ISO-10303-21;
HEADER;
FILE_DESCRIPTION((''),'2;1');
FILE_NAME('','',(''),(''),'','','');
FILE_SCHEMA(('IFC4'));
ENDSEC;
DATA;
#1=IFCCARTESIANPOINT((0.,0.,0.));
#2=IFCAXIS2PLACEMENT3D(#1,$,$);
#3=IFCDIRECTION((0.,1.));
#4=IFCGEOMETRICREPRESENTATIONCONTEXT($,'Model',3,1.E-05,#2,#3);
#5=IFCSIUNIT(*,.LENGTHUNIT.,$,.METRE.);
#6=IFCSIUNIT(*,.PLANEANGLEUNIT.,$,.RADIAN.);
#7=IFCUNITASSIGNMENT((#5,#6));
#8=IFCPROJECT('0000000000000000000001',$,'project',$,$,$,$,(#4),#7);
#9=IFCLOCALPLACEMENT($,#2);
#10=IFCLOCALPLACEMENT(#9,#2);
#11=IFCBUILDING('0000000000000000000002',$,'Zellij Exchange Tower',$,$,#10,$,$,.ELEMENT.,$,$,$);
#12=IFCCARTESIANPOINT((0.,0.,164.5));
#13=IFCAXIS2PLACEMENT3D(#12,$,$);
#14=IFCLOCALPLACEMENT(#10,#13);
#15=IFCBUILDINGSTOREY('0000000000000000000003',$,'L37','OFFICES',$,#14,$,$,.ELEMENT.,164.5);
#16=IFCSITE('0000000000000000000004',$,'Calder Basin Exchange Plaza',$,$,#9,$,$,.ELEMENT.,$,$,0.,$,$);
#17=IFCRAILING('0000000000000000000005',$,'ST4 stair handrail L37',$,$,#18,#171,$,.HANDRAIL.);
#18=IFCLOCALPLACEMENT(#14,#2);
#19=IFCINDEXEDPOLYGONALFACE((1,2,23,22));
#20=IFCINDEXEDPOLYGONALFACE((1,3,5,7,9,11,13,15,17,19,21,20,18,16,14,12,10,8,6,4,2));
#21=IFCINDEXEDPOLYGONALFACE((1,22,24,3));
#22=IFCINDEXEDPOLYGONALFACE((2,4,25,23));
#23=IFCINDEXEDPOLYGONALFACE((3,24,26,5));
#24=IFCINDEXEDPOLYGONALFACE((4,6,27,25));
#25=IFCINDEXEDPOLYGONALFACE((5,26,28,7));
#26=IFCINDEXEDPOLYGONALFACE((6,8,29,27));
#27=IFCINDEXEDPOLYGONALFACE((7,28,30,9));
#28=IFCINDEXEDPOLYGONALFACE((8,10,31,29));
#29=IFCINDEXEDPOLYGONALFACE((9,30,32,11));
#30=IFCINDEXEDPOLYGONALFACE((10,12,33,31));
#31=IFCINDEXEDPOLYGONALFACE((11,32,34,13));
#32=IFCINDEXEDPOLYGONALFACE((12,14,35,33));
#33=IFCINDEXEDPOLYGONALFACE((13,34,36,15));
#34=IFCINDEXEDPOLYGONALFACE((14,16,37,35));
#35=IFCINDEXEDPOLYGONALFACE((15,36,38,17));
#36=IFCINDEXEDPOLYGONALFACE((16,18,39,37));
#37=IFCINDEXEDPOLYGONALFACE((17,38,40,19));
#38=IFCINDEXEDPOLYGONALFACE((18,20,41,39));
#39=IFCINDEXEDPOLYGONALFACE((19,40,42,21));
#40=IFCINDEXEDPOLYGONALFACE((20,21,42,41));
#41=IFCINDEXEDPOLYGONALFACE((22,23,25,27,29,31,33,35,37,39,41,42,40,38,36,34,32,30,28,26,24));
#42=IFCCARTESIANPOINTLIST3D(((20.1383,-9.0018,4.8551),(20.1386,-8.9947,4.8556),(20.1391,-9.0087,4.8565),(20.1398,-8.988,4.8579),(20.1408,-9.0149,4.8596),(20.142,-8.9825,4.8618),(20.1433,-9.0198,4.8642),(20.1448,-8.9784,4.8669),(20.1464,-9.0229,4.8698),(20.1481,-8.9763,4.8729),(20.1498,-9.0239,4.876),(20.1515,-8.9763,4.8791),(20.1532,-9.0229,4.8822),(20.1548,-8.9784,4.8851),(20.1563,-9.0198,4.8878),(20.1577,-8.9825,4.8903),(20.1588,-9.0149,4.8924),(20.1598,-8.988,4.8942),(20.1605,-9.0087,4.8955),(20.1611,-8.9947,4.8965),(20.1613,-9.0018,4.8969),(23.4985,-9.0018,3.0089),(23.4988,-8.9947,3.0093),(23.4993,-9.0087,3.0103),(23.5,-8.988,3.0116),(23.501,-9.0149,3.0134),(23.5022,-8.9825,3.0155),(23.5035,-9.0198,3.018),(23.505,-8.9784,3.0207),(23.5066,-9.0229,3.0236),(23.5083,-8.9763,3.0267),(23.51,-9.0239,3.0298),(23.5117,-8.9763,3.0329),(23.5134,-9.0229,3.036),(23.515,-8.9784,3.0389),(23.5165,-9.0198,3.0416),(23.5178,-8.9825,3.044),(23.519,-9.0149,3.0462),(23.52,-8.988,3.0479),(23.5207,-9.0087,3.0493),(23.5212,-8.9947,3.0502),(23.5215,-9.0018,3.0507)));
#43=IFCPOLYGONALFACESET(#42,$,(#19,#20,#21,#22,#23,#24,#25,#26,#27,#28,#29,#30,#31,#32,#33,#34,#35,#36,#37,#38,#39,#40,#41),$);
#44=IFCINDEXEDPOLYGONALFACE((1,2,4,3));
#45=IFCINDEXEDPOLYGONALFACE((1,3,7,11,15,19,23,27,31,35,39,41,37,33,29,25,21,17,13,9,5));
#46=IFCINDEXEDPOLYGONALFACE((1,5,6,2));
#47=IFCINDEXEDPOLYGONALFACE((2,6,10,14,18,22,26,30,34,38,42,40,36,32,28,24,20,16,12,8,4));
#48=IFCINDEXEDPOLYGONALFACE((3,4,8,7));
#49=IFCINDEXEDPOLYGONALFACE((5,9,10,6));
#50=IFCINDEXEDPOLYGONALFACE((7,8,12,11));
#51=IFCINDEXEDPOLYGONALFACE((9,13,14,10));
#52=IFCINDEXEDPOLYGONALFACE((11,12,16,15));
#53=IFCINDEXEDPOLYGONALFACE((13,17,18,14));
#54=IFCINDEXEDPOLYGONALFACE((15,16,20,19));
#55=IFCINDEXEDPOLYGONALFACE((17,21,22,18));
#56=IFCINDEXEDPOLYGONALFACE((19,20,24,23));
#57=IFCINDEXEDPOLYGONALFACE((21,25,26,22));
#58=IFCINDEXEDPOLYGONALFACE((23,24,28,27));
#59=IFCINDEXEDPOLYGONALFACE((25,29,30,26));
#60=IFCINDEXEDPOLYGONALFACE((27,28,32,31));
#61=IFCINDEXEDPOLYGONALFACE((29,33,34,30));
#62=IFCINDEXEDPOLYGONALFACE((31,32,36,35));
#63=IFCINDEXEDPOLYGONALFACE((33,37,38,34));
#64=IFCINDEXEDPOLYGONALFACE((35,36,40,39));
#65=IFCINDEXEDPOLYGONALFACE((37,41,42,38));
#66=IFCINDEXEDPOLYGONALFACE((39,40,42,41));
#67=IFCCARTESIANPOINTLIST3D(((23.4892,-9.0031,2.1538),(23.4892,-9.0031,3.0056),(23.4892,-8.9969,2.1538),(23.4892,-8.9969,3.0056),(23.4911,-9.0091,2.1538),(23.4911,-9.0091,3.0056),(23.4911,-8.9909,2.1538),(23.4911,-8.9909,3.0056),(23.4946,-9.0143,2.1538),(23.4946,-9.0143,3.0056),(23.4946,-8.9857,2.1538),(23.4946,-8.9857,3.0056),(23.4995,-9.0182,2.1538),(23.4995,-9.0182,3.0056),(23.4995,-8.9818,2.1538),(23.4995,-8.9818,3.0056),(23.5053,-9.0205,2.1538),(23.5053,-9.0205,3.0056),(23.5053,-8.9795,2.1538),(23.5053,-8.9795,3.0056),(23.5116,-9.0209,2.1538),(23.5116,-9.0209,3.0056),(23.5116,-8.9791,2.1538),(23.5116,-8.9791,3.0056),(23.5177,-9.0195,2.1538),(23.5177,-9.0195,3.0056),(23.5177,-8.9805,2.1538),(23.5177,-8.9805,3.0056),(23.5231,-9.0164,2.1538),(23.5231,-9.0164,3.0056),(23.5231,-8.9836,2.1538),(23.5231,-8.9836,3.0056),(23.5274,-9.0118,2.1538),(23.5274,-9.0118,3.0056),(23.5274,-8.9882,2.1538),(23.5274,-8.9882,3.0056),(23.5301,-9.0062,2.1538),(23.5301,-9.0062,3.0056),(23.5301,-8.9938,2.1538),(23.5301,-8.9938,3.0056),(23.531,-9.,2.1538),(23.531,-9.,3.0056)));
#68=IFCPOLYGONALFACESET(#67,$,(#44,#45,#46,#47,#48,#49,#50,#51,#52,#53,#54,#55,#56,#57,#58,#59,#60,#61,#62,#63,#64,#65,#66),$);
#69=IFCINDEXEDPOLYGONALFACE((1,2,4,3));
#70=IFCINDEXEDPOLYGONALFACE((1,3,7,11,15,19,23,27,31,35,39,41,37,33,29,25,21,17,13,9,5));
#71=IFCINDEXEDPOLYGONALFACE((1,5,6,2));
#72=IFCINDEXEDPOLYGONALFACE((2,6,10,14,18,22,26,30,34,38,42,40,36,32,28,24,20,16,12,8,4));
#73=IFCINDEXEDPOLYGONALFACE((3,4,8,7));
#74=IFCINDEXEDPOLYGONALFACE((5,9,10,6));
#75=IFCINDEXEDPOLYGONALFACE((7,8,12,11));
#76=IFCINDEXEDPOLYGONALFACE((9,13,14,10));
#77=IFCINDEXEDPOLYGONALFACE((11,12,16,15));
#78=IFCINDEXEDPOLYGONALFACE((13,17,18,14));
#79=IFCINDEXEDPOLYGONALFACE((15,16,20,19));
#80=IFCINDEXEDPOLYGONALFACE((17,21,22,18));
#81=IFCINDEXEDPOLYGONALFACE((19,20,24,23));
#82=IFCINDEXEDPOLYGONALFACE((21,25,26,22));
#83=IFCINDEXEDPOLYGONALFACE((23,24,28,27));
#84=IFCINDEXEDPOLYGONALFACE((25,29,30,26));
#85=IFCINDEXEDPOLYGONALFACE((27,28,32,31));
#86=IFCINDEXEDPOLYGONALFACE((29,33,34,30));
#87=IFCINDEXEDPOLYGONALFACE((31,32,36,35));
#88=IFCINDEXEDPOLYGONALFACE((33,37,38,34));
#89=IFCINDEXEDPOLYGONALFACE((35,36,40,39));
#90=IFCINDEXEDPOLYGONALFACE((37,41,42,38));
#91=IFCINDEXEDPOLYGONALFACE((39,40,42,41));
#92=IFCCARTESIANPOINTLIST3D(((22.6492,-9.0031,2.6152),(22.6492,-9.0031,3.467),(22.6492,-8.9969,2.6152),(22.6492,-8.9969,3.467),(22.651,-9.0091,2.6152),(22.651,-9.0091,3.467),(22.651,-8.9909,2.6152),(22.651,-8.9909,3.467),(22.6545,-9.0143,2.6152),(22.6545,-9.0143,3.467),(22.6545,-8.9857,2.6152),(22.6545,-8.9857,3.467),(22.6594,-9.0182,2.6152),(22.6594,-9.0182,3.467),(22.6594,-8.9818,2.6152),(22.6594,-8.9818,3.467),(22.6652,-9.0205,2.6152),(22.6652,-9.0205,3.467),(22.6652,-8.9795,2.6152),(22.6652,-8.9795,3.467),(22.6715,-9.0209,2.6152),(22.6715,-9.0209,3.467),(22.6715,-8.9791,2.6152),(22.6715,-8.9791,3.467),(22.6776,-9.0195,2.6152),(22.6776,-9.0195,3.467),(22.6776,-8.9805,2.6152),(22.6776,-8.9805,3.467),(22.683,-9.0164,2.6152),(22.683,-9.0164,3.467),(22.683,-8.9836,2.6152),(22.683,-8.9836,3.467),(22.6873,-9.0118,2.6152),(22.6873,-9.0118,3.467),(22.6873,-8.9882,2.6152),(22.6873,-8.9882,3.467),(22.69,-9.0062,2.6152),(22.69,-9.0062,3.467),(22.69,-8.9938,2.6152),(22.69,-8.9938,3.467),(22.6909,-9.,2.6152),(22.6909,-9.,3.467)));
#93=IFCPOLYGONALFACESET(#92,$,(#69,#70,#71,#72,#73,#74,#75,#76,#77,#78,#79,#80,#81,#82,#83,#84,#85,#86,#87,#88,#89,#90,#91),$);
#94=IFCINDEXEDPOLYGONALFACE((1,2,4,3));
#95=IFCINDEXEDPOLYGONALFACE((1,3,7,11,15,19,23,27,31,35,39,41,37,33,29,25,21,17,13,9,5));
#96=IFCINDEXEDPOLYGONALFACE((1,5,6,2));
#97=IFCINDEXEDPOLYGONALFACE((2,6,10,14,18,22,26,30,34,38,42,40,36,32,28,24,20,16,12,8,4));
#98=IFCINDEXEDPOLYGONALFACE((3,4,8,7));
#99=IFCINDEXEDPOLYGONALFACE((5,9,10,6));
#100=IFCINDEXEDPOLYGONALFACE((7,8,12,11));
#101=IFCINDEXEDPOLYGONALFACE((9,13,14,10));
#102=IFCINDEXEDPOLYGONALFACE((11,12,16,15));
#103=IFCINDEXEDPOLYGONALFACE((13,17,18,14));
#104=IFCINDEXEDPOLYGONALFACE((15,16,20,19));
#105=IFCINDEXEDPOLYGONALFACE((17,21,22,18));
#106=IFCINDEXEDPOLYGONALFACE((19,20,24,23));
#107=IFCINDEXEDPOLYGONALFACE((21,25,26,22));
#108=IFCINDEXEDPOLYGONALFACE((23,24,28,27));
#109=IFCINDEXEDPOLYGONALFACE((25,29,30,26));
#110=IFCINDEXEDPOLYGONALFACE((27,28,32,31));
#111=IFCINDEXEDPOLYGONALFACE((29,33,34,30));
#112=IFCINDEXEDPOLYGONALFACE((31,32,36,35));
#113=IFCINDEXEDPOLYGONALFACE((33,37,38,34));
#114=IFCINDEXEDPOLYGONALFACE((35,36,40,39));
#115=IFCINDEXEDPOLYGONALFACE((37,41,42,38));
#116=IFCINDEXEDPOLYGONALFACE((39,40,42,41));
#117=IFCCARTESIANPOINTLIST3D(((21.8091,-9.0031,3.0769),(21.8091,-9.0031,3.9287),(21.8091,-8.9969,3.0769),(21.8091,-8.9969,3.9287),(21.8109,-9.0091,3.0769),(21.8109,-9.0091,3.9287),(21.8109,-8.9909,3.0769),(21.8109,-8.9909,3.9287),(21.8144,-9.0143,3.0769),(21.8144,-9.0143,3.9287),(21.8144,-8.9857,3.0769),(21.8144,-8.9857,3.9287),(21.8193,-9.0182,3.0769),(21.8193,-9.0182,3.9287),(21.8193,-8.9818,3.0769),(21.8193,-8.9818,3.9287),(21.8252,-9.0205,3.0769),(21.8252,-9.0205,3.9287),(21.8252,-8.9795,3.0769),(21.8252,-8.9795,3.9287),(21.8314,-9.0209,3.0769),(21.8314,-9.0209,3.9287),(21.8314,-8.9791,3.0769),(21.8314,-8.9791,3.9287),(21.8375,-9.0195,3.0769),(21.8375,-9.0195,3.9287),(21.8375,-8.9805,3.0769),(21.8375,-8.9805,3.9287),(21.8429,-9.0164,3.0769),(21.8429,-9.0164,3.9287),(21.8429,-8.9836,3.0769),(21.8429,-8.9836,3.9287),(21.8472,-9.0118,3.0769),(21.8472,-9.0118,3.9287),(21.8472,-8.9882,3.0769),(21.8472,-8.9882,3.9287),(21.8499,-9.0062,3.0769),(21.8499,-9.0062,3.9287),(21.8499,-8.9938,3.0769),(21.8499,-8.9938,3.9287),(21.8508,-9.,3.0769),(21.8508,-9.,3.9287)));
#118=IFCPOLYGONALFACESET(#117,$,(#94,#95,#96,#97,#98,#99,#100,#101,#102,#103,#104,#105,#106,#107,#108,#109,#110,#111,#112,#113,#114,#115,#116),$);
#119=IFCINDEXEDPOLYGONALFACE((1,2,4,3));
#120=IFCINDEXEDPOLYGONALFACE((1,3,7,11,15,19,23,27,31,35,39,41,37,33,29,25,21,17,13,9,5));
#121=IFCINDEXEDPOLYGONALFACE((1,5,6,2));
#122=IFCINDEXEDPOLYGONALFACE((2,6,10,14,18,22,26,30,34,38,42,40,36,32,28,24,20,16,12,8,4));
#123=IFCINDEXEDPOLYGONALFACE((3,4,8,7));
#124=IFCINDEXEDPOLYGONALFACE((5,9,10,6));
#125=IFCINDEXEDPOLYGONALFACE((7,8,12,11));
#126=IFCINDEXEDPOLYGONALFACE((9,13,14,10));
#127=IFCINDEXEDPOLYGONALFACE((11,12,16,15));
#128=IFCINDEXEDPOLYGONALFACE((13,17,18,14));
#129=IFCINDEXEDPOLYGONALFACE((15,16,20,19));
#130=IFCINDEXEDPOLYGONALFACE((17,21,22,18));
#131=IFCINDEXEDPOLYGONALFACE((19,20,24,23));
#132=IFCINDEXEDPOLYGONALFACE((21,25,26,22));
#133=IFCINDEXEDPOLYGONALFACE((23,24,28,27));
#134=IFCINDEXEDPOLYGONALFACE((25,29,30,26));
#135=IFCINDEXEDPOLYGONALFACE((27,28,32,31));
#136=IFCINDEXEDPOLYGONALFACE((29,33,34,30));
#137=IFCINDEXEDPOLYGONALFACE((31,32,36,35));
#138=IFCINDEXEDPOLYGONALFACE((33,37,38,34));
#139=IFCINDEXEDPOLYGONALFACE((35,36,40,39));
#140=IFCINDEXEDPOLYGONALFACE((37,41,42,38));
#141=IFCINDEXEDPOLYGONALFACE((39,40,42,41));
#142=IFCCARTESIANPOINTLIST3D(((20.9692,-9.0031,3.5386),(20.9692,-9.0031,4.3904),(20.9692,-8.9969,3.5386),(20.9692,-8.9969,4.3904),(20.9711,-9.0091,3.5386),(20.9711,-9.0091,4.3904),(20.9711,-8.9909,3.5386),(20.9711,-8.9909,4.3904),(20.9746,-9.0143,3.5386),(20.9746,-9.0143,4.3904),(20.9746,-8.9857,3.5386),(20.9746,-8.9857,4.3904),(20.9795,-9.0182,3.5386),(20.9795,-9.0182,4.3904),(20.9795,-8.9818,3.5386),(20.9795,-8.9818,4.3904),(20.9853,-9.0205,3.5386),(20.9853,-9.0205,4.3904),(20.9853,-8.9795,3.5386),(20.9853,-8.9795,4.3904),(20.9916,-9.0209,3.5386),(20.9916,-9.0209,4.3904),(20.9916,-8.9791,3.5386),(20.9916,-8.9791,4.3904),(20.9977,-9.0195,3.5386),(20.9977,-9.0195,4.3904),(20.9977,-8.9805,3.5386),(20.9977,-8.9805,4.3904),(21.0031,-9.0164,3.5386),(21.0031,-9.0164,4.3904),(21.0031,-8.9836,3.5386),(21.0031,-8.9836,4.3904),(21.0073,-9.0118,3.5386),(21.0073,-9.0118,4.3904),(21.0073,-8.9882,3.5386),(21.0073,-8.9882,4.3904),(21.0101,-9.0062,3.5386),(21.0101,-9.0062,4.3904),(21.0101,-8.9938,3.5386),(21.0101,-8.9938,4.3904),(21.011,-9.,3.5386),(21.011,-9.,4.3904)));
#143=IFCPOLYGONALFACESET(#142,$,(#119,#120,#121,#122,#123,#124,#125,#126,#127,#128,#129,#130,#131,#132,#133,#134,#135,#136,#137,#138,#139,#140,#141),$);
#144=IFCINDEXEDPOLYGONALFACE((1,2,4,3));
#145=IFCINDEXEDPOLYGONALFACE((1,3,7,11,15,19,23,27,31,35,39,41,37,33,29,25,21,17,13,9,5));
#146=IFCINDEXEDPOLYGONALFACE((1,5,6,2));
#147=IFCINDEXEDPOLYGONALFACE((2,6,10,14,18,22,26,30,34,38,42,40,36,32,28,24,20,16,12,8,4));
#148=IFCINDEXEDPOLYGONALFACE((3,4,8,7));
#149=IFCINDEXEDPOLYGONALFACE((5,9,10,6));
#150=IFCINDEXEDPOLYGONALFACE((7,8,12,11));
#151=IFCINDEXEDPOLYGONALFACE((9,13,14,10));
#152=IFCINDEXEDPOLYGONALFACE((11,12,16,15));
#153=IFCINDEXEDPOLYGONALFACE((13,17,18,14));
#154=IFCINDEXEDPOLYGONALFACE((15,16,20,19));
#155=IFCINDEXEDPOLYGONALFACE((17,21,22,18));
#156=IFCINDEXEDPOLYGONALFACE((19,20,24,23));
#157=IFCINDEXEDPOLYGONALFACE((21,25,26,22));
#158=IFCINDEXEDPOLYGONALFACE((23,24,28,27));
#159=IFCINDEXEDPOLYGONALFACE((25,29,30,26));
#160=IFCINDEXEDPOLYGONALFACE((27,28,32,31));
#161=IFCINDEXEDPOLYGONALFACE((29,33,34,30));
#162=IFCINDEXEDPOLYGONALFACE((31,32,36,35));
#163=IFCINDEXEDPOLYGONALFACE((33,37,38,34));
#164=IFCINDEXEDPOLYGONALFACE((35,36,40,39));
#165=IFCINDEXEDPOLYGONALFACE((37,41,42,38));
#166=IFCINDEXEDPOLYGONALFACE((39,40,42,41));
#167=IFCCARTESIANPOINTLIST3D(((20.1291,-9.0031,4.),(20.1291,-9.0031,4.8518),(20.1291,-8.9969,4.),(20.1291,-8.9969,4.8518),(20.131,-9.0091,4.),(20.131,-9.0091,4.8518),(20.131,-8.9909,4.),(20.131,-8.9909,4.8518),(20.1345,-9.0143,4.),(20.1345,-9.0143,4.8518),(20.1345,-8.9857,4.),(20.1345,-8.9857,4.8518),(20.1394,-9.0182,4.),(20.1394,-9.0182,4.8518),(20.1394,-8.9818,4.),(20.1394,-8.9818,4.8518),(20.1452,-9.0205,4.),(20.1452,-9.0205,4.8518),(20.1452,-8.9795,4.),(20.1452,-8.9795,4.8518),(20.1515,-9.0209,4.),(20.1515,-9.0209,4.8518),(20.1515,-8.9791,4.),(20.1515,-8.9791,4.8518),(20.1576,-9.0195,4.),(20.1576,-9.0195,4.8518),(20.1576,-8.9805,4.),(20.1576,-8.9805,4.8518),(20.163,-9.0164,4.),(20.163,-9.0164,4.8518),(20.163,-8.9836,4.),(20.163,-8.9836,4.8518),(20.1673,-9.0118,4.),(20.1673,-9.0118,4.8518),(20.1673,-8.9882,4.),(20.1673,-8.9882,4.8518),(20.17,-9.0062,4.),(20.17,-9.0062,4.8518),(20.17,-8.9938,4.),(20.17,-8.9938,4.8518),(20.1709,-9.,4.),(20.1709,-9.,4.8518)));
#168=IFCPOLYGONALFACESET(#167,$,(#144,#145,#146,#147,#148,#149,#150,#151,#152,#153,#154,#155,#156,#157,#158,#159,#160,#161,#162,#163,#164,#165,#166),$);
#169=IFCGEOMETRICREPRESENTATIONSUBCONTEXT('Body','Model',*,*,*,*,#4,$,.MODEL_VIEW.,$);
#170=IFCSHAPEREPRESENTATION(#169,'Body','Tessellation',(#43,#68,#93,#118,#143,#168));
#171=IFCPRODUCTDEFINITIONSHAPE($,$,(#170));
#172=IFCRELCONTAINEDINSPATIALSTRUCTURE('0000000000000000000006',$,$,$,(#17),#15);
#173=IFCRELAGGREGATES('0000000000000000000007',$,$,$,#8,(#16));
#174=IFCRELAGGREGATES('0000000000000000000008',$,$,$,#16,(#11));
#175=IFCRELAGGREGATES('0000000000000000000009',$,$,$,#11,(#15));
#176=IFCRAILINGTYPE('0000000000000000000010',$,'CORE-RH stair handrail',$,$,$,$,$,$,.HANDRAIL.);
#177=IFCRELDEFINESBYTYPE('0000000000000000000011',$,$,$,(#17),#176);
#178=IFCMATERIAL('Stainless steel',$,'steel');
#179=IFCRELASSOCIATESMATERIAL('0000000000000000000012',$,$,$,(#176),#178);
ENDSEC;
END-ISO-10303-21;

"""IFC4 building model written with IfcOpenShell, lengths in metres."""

from ifc_helpers import new_model, si_unit, direction, frame, origin, origin_2d, place, context, subcontext, project, spatial, circle, extrude, material, type_object, element, save


model = new_model("IFC4")

# Units and contexts
model_context = context("Model", 3, precision=1e-05, world=origin(), true_north=direction((0.0, 1.0)))
body_context = subcontext(model_context, "Body", "Model", "MODEL_VIEW")
ifc_project = project(units=[si_unit("LENGTHUNIT", "METRE"), si_unit("PLANEANGLEUNIT", "RADIAN")], contexts=[model_context])

# Site, building, storey
site_placement = place(None, origin())
site = spatial("IfcSite", under=ifc_project, at=site_placement, Name="Calder Basin Exchange Plaza", CompositionType="ELEMENT", RefElevation=0.0)
building_placement = place(site_placement, origin())
building = spatial("IfcBuilding", under=site, at=building_placement, Name="Zellij Exchange Tower", CompositionType="ELEMENT")
storey_placement = place(building_placement, frame((0.0, 0.0, 164.5)))
storey = spatial("IfcBuildingStorey", under=building, at=storey_placement, Name="L37", Description="OFFICES", CompositionType="ELEMENT", Elevation=164.5)

# Railing
ifc_material_1 = material(Name="Stainless steel", Category="steel")
railing_type_1 = type_object("IfcRailingType", Name="CORE-RH stair handrail", PredefinedType="HANDRAIL", material=ifc_material_1)
railing_1_placement = place(storey_placement, frame((23.51, -9.0, 2.1538)))
element("IfcRailing", 1, at=railing_1_placement, inside=storey, type_object=railing_type_1, Name="ST4 stair handrail L37", PredefinedType="HANDRAIL", context=body_context, shape_type="SweptSolid", body=[
    extrude(circle(Radius=0.0239, at=origin_2d()), frame((0.0, 0.0, 0.876), z_axis=(-0.876422, 0.0, 0.481545), x_axis=(0.0, -1.0, 0.0)), (0.0, 0.0, 1.0), 3.834),
    extrude(circle(Radius=0.021, at=origin_2d()), origin(), (0.0, 0.0, 1.0), 0.8518),
    extrude(circle(Radius=0.021, at=origin_2d()), frame((-0.8401, 0.0, 0.4614)), (0.0, 0.0, 1.0), 0.8518),
    extrude(circle(Radius=0.021, at=origin_2d()), frame((-1.6802, 0.0, 0.9231)), (0.0, 0.0, 1.0), 0.8518),
    extrude(circle(Radius=0.021, at=origin_2d()), frame((-2.52, 0.0, 1.3848)), (0.0, 0.0, 1.0), 0.8518),
    extrude(circle(Radius=0.021, at=origin_2d()), frame((-3.3601, 0.0, 1.8462)), (0.0, 0.0, 1.0), 0.8518),
])

save(model, "model.ifc")
